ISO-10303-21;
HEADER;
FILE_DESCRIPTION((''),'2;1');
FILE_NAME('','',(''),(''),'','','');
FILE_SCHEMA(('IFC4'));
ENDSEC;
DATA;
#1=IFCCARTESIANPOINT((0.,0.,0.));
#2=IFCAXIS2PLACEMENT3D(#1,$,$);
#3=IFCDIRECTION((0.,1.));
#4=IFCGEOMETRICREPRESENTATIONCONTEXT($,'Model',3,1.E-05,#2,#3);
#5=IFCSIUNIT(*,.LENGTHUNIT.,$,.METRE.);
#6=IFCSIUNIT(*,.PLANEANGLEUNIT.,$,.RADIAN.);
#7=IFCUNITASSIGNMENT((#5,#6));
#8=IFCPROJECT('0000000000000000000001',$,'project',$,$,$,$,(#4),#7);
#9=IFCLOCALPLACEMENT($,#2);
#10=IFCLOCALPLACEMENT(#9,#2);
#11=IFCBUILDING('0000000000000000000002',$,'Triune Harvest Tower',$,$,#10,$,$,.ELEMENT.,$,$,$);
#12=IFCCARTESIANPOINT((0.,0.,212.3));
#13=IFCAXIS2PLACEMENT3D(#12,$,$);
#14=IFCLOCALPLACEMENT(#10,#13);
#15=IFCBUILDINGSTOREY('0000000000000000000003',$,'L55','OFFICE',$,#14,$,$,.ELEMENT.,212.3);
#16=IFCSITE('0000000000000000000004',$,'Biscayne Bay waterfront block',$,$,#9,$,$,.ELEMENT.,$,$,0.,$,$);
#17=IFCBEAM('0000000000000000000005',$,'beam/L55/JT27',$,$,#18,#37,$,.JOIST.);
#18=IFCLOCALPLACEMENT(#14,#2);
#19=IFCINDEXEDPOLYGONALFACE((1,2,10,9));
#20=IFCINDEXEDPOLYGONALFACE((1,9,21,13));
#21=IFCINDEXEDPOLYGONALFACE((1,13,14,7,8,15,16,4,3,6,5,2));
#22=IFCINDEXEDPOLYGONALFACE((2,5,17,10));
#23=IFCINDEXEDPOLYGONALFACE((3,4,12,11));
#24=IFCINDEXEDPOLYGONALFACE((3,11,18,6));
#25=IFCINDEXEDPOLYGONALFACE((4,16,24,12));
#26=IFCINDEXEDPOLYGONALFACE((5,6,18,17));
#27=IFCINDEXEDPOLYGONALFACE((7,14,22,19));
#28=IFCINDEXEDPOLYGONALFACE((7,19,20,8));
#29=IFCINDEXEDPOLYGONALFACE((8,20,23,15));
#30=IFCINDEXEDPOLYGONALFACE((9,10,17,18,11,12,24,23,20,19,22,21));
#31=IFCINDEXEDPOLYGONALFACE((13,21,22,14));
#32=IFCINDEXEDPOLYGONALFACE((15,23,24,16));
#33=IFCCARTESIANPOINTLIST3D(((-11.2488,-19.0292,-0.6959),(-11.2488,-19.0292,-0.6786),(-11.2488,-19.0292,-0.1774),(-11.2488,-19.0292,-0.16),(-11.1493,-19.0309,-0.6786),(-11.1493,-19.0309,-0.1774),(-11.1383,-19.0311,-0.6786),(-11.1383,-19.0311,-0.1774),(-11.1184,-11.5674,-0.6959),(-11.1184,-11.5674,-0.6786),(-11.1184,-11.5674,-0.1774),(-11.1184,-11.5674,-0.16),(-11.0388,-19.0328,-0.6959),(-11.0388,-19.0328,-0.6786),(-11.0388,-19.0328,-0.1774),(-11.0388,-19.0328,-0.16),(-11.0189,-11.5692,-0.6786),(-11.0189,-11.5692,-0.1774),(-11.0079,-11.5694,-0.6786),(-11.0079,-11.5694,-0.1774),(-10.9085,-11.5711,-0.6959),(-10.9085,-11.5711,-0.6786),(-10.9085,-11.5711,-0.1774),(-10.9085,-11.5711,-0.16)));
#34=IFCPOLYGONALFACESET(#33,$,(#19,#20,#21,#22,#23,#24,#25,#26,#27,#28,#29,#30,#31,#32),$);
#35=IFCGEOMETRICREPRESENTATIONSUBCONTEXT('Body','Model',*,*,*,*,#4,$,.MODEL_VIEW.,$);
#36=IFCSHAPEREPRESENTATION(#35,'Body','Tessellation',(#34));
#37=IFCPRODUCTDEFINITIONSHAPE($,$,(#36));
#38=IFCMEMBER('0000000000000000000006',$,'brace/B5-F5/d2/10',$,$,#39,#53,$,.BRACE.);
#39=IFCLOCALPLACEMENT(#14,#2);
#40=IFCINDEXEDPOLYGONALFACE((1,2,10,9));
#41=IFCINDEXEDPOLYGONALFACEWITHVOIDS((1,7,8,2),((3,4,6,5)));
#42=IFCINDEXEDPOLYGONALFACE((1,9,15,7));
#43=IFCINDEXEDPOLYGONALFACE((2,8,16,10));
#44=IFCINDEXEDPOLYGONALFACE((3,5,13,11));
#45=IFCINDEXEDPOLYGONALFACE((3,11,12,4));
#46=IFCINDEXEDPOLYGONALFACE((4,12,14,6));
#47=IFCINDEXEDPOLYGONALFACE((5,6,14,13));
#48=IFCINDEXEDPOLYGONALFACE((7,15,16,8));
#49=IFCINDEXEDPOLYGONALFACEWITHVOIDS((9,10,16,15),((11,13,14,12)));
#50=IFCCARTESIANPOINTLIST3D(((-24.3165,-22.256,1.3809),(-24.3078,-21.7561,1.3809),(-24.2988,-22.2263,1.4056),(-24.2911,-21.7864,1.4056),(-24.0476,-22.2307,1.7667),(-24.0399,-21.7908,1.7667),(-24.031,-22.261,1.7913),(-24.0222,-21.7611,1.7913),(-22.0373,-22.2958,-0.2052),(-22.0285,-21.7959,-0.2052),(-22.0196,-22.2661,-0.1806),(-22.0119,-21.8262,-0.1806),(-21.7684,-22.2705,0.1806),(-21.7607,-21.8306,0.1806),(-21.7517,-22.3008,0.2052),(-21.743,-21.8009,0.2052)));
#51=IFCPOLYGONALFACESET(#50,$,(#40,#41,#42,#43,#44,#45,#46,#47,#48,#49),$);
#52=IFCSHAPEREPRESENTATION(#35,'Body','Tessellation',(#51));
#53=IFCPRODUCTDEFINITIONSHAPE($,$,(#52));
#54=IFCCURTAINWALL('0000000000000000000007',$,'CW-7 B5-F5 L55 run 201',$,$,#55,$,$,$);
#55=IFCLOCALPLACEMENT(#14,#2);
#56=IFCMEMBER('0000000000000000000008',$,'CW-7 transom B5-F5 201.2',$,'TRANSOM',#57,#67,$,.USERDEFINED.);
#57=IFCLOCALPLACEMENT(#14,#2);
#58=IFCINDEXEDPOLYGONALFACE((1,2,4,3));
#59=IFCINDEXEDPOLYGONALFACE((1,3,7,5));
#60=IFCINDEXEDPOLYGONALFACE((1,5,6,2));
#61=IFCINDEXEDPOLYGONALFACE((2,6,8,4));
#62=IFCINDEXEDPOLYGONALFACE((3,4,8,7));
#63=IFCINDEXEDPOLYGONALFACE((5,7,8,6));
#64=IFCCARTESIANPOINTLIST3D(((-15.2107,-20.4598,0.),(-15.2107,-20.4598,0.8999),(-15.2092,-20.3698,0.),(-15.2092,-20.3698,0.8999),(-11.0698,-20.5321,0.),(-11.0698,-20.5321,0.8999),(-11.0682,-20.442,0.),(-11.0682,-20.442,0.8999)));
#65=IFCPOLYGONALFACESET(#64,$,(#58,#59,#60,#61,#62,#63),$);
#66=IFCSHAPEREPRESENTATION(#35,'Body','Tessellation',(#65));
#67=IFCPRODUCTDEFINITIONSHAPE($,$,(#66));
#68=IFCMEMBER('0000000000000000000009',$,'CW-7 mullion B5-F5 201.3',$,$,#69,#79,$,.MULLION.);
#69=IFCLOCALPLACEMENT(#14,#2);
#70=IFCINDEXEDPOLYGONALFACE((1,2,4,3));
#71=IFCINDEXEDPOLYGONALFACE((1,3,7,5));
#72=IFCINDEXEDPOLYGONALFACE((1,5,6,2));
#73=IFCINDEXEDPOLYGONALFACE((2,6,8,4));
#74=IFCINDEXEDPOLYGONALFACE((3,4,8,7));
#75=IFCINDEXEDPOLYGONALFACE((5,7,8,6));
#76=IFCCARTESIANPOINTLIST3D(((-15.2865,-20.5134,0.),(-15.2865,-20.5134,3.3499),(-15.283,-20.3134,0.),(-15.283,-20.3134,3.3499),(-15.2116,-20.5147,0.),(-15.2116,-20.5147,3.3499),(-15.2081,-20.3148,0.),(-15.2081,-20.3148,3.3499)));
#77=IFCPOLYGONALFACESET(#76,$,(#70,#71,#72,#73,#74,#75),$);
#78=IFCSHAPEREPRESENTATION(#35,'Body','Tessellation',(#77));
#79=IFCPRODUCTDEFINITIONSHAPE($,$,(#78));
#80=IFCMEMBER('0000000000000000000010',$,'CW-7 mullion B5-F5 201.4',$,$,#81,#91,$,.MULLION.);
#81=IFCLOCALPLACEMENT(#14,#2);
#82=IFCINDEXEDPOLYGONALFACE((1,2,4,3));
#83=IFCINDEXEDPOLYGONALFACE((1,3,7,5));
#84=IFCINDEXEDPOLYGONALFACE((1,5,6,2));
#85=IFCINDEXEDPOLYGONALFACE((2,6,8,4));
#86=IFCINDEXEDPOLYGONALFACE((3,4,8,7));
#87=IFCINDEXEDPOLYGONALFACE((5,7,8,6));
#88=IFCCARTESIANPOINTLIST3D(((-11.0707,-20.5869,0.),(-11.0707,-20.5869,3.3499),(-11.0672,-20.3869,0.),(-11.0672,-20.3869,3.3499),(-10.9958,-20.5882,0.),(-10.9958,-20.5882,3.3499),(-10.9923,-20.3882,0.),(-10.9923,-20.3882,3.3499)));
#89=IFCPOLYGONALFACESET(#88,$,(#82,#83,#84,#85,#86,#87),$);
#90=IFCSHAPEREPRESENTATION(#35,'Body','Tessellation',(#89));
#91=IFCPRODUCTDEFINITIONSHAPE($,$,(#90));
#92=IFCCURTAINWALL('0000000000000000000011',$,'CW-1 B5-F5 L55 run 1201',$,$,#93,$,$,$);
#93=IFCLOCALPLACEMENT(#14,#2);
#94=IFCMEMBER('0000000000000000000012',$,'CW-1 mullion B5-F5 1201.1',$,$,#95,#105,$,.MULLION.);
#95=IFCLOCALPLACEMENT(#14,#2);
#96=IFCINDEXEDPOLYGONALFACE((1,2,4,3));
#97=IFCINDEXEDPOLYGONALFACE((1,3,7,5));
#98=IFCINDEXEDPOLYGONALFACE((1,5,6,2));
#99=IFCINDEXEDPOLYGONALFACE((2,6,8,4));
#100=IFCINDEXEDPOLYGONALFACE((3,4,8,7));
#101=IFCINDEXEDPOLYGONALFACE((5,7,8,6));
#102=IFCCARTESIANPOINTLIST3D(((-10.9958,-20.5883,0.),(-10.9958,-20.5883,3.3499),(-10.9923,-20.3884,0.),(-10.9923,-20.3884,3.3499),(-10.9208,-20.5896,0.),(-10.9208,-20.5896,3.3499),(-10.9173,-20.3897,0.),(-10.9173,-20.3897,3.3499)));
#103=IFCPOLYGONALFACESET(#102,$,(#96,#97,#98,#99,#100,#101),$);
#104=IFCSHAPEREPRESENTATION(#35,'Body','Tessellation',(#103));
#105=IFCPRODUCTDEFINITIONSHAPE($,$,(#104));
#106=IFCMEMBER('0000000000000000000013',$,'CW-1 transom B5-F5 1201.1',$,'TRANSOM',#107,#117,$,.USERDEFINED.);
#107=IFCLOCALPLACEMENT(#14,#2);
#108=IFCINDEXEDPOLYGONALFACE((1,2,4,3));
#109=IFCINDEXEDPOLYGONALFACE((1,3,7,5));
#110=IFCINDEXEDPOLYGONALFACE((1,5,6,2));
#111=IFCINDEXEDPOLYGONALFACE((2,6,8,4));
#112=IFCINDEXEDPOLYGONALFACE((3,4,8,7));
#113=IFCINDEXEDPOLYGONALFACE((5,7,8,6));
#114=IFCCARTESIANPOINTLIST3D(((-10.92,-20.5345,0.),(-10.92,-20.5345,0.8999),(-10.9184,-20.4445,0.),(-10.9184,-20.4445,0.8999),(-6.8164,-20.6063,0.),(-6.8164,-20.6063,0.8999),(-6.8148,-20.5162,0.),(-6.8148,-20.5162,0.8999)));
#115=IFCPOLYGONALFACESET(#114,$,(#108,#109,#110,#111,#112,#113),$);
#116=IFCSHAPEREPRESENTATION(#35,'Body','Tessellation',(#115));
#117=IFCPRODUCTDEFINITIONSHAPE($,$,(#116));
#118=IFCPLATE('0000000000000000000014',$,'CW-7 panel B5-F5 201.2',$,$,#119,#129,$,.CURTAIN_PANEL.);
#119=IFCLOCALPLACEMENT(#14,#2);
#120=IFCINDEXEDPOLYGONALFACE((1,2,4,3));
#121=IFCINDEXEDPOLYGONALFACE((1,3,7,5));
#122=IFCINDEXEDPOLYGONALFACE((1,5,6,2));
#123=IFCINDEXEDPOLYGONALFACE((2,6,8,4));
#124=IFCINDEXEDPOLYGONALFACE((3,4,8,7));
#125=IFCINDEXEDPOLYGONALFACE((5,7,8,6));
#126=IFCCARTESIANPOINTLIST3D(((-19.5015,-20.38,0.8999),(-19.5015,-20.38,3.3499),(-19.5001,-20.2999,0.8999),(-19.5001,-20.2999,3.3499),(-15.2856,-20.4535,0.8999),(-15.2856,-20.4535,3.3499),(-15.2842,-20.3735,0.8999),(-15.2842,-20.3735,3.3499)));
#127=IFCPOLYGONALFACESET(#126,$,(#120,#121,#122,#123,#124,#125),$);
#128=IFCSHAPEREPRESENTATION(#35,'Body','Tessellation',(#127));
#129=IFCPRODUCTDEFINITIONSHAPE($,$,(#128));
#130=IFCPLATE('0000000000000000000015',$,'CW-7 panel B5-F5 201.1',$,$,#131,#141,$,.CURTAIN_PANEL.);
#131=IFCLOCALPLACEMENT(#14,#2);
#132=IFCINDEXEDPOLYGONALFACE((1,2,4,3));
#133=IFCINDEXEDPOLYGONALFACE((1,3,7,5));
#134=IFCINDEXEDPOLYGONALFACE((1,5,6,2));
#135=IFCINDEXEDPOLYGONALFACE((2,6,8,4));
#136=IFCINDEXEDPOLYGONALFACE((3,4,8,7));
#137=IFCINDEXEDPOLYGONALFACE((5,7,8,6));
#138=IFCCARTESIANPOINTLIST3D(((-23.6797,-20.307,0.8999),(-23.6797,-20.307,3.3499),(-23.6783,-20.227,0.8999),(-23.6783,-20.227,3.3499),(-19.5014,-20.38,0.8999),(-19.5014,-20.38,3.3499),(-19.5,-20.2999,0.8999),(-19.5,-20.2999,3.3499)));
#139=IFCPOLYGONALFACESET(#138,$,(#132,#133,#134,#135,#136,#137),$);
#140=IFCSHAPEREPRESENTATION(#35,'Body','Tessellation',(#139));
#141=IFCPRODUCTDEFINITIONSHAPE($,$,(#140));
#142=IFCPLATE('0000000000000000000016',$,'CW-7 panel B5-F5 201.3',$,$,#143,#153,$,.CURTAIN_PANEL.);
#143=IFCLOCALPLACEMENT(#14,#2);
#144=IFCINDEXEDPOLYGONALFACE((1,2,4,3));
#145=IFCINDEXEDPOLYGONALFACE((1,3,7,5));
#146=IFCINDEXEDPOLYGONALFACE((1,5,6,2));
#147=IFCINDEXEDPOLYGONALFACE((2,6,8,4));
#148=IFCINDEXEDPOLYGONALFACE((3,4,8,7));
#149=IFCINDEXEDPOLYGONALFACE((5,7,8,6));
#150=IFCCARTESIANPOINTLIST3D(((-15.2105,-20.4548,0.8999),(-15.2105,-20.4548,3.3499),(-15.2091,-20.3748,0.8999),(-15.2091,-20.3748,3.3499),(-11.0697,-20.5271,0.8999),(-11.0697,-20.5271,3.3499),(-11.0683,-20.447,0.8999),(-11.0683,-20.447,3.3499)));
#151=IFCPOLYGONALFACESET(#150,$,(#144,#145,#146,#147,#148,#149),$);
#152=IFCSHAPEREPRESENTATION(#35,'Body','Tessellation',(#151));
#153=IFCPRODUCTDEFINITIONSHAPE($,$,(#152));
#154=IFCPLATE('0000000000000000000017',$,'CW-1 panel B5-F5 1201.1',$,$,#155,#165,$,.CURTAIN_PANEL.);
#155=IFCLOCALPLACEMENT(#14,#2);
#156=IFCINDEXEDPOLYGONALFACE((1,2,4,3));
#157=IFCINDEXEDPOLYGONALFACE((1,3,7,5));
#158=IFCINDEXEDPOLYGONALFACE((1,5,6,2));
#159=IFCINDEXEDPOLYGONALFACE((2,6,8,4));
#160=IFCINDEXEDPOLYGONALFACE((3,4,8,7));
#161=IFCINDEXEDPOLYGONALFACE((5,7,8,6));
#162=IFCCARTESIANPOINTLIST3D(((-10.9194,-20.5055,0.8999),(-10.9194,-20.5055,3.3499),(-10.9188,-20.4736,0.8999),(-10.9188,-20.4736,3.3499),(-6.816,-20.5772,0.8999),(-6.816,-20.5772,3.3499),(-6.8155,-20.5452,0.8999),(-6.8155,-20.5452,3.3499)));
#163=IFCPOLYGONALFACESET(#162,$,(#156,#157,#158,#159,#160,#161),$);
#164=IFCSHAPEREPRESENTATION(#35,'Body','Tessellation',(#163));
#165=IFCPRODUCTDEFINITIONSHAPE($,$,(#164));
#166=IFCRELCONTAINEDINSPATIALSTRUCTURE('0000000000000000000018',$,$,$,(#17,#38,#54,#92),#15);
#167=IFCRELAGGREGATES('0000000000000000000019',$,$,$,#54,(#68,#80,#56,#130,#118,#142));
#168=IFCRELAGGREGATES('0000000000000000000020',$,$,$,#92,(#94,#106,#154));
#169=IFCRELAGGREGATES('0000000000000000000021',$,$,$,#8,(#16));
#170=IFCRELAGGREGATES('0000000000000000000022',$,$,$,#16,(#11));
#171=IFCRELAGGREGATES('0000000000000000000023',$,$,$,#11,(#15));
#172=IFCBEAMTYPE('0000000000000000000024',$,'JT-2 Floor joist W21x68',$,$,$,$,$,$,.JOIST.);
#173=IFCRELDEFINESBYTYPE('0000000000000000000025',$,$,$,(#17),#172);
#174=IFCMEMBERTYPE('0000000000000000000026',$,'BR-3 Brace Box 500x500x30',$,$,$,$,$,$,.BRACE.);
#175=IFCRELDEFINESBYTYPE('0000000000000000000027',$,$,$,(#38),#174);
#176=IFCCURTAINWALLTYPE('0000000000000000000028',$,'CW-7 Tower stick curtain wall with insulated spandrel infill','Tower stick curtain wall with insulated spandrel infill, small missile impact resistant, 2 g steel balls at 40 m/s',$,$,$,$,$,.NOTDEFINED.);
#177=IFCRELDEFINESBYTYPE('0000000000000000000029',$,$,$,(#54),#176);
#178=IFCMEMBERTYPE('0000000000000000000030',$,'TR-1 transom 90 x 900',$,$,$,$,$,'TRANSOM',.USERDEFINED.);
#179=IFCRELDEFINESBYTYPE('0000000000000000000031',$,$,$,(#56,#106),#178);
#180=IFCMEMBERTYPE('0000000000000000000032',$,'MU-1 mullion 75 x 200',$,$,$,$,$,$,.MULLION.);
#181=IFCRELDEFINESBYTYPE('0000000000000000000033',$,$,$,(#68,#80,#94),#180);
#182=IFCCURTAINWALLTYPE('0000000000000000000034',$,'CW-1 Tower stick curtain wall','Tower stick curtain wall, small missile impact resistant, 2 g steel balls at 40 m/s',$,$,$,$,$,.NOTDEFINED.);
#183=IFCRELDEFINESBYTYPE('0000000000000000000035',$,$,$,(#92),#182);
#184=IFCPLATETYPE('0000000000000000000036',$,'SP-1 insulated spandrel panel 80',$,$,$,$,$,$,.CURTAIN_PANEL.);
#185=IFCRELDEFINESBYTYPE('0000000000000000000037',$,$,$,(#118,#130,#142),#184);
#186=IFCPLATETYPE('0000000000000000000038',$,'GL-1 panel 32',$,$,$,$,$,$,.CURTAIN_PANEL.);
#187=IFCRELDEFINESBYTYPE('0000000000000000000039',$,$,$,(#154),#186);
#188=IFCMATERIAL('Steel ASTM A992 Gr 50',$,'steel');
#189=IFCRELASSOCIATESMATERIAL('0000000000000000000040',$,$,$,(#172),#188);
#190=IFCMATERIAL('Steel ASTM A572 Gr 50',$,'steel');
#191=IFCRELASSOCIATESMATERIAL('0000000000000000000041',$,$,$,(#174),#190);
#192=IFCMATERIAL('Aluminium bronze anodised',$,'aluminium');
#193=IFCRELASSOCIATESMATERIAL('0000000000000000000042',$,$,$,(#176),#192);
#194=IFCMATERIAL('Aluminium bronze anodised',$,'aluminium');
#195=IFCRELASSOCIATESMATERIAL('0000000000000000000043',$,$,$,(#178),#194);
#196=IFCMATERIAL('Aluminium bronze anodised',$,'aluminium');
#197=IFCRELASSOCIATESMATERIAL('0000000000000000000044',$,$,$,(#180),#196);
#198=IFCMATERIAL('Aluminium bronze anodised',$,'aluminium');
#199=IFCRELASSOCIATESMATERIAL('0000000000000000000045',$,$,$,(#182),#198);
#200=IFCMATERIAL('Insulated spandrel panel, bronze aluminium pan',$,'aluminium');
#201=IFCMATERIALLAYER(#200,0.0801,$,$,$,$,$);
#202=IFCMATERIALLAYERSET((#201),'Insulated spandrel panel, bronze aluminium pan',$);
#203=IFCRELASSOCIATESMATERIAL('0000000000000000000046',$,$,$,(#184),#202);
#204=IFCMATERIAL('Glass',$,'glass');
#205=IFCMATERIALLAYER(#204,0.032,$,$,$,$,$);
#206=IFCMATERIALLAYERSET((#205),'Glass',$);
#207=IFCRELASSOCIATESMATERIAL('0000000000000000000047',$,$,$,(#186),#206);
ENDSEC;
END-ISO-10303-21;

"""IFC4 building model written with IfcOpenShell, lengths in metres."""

from ifc_helpers import new_model, si_unit, direction, frame, origin, origin_2d, place, context, subcontext, project, spatial, rectangle, hollow_rectangle, i_section, extrude, source, transform, mapped, material, layer, layer_set, material_profile, profile_set, type_object, element, aggregate, save


model = new_model("IFC4")

# Units and contexts
model_context = context("Model", 3, precision=1e-05, world=origin(), true_north=direction((0.0, 1.0)))
body_context = subcontext(model_context, "Body", "Model", "MODEL_VIEW")
ifc_project = project(units=[si_unit("LENGTHUNIT", "METRE"), si_unit("PLANEANGLEUNIT", "RADIAN")], contexts=[model_context])

# Site, building, storey
site_placement = place(None, origin())
site = spatial("IfcSite", under=ifc_project, at=site_placement, Name="Biscayne Bay waterfront block", CompositionType="ELEMENT", RefElevation=0.0)
building_placement = place(site_placement, origin())
building = spatial("IfcBuilding", under=site, at=building_placement, Name="Triune Harvest Tower", CompositionType="ELEMENT")
storey_placement = place(building_placement, frame((0.0, 0.0, 212.3)))
storey = spatial("IfcBuildingStorey", under=building, at=storey_placement, Name="L55", Description="OFFICE", CompositionType="ELEMENT", Elevation=212.3)

# Beam
ifc_material_1 = material(Name="Steel ASTM A992 Gr 50", Category="steel")
ifc_material_profile_1 = material_profile(ifc_material_1, i_section(OverallWidth=0.21, OverallDepth=0.5359, WebThickness=0.011, FlangeThickness=0.0173, at=origin_2d()), Name="W21x68")
ifc_profile_set_1 = profile_set([ifc_material_profile_1], Name="Steel ASTM A992 Gr 50")
beam_type_1 = type_object("IfcBeamType", Name="JT-2 Floor joist W21x68", PredefinedType="JOIST", material=ifc_profile_set_1)
shared_shape_1 = source(origin(), body_context, "Body", "SweptSolid", [
    extrude(i_section(OverallWidth=0.21, OverallDepth=0.5359, WebThickness=0.011, FlangeThickness=0.0173, at=origin_2d()), origin(), (0.0, 0.0, 1.0), 7.4629),
])
beam_1_placement = place(storey_placement, frame((-11.1438, -19.031, -0.428), z_axis=(0.017469, 0.999847, 0.0), x_axis=(-0.999847, 0.017469, 0.0)))
element("IfcBeam", 1, at=beam_1_placement, inside=storey, type_object=beam_type_1, Name="beam/L55/JT27", PredefinedType="JOIST", context=body_context, shape_type="MappedRepresentation", body=[
    mapped(shared_shape_1, transform((0.0, 0.0, 0.0), scale=1.0)),
])

# Member
ifc_material_2 = material(Name="Steel ASTM A572 Gr 50", Category="steel")
ifc_material_profile_2 = material_profile(ifc_material_2, hollow_rectangle(XDim=0.5, YDim=0.5, WallThickness=0.03, at=origin_2d()), Name="Box 500x500x30")
ifc_profile_set_2 = profile_set([ifc_material_profile_2], Name="Steel ASTM A572 Gr 50")
member_type_1 = type_object("IfcMemberType", Name="BR-3 Brace Box 500x500x30", PredefinedType="BRACE", material=ifc_profile_set_2)
shared_shape_2 = source(origin(), body_context, "Body", "SweptSolid", [
    extrude(hollow_rectangle(XDim=0.5, YDim=0.5, WallThickness=0.03, at=origin_2d()), origin(), (0.0, 0.0, 1.0), 2.7771),
])
member_1_placement = place(storey_placement, frame((-21.8901, -22.0483, 0.0), z_axis=(-0.820722, 0.014329, 0.571148), x_axis=(-0.017457, -0.999848, 0.0)))
element("IfcMember", 2, at=member_1_placement, inside=storey, type_object=member_type_1, Name="brace/B5-F5/d2/10", PredefinedType="BRACE", context=body_context, shape_type="MappedRepresentation", body=[
    mapped(shared_shape_2, transform((0.0, 0.0, 0.0), scale=1.0)),
])

# Curtain walls, members
ifc_material_3 = material(Name="Aluminium bronze anodised", Category="aluminium")
curtain_wall_type_1 = type_object("IfcCurtainWallType", Name="CW-7 Tower stick curtain wall with insulated spandrel infill", Description="Tower stick curtain wall with insulated spandrel infill, small missile impact resistant, 2 g steel balls at 40 m/s", PredefinedType="NOTDEFINED", material=ifc_material_3)
curtain_wall_1_placement = place(storey_placement, origin())
curtain_wall_1 = element("IfcCurtainWall", 3, at=curtain_wall_1_placement, inside=storey, type_object=curtain_wall_type_1, Name="CW-7 B5-F5 L55 run 201")
ifc_material_4 = material(Name="Aluminium bronze anodised", Category="aluminium")
ifc_material_profile_3 = material_profile(ifc_material_4, rectangle(XDim=0.0901, YDim=0.8999, at=origin_2d()), Name="TR-1 transom 90 x 900")
ifc_profile_set_3 = profile_set([ifc_material_profile_3], Name="Aluminium bronze anodised")
member_type_2 = type_object("IfcMemberType", Name="TR-1 transom 90 x 900", ElementType="TRANSOM", PredefinedType="USERDEFINED", material=ifc_profile_set_3)
shared_shape_3 = source(origin(), body_context, "Body", "SweptSolid", [
    extrude(rectangle(XDim=0.0901, YDim=0.8999, at=origin_2d()), origin(), (0.0, 0.0, 1.0), 4.1416),
])
member_2_placement = place(storey_placement, frame((-15.21, -20.4148, 0.45), z_axis=(0.999848, -0.017449, 0.0), x_axis=(0.017449, 0.999848, 0.0)))
member_2 = element("IfcMember", 4, at=member_2_placement, type_object=member_type_2, Name="CW-7 transom B5-F5 201.2", ObjectType="TRANSOM", PredefinedType="USERDEFINED", context=body_context, shape_type="MappedRepresentation", body=[
    mapped(shared_shape_3, transform((0.0, 0.0, 0.0), scale=1.0)),
])
ifc_material_5 = material(Name="Aluminium bronze anodised", Category="aluminium")
ifc_material_profile_4 = material_profile(ifc_material_5, rectangle(XDim=0.2, YDim=0.075, at=origin_2d()), Name="MU-1 mullion 75 x 200")
ifc_profile_set_4 = profile_set([ifc_material_profile_4], Name="Aluminium bronze anodised")
member_type_3 = type_object("IfcMemberType", Name="MU-1 mullion 75 x 200", PredefinedType="MULLION", material=ifc_profile_set_4)
shared_shape_4 = source(origin(), body_context, "Body", "SweptSolid", [
    extrude(rectangle(XDim=0.2, YDim=0.075, at=origin_2d()), origin(), (0.0, 0.0, 1.0), 3.3499),
])
member_3_placement = place(storey_placement, frame((-15.2473, -20.4141, 0.0), z_axis=(0.0, 0.0, 1.0), x_axis=(0.01745, 0.999848, 0.0)))
member_3 = element("IfcMember", 5, at=member_3_placement, type_object=member_type_3, Name="CW-7 mullion B5-F5 201.3", PredefinedType="MULLION", context=body_context, shape_type="MappedRepresentation", body=[
    mapped(shared_shape_4, transform((0.0, 0.0, 0.0), scale=1.0)),
])
member_4_placement = place(storey_placement, frame((-11.0315, -20.4875, 0.0), z_axis=(0.0, 0.0, 1.0), x_axis=(0.01745, 0.999848, 0.0)))
member_4 = element("IfcMember", 6, at=member_4_placement, type_object=member_type_3, Name="CW-7 mullion B5-F5 201.4", PredefinedType="MULLION", context=body_context, shape_type="MappedRepresentation", body=[
    mapped(shared_shape_4, transform((0.0, 0.0, 0.0), scale=1.0)),
])
ifc_material_6 = material(Name="Aluminium bronze anodised", Category="aluminium")
curtain_wall_type_2 = type_object("IfcCurtainWallType", Name="CW-1 Tower stick curtain wall", Description="Tower stick curtain wall, small missile impact resistant, 2 g steel balls at 40 m/s", PredefinedType="NOTDEFINED", material=ifc_material_6)
curtain_wall_2_placement = place(storey_placement, origin())
curtain_wall_2 = element("IfcCurtainWall", 7, at=curtain_wall_2_placement, inside=storey, type_object=curtain_wall_type_2, Name="CW-1 B5-F5 L55 run 1201")
member_5_placement = place(storey_placement, frame((-10.9565, -20.489, 0.0), z_axis=(0.0, 0.0, 1.0), x_axis=(0.017466, 0.999847, 0.0)))
member_5 = element("IfcMember", 8, at=member_5_placement, type_object=member_type_3, Name="CW-1 mullion B5-F5 1201.1", PredefinedType="MULLION", context=body_context, shape_type="MappedRepresentation", body=[
    mapped(shared_shape_4, transform((0.0, 0.0, 0.0), scale=1.0)),
])
shared_shape_5 = source(origin(), body_context, "Body", "SweptSolid", [
    extrude(rectangle(XDim=0.0901, YDim=0.8999, at=origin_2d()), origin(), (0.0, 0.0, 1.0), 4.1042),
])
member_6_placement = place(storey_placement, frame((-10.9192, -20.4895, 0.45), z_axis=(0.999847, -0.017489, 0.0), x_axis=(0.017489, 0.999847, 0.0)))
member_6 = element("IfcMember", 9, at=member_6_placement, type_object=member_type_2, Name="CW-1 transom B5-F5 1201.1", ObjectType="TRANSOM", PredefinedType="USERDEFINED", context=body_context, shape_type="MappedRepresentation", body=[
    mapped(shared_shape_5, transform((0.0, 0.0, 0.0), scale=1.0)),
])

# Plates
ifc_material_7 = material(Name="Insulated spandrel panel, bronze aluminium pan", Category="aluminium")
ifc_layer_1 = layer(ifc_material_7, 0.0801)
ifc_layer_set_1 = layer_set([ifc_layer_1], Name="Insulated spandrel panel, bronze aluminium pan")
plate_type_1 = type_object("IfcPlateType", Name="SP-1 insulated spandrel panel 80", PredefinedType="CURTAIN_PANEL", material=ifc_layer_set_1)
plate_1_placement = place(storey_placement, frame((-17.3928, -20.3767, 0.8999), z_axis=(0.0, 0.0, 1.0), x_axis=(0.999848, -0.01745, 0.0)))
plate_1 = element("IfcPlate", 10, at=plate_1_placement, type_object=plate_type_1, Name="CW-7 panel B5-F5 201.2", PredefinedType="CURTAIN_PANEL", context=body_context, shape_type="SweptSolid", body=[
    extrude(rectangle(XDim=4.2166, YDim=0.0801, at=origin_2d()), origin(), (0.0, 0.0, 1.0), 2.45),
])
shared_shape_6 = source(origin(), body_context, "Body", "SweptSolid", [
    extrude(rectangle(XDim=4.179, YDim=0.0801, at=origin_2d()), origin(), (0.0, 0.0, 1.0), 2.45),
])
plate_2_placement = place(storey_placement, frame((-21.5898, -20.3035, 0.8999), z_axis=(0.0, 0.0, 1.0), x_axis=(0.999848, -0.01745, 0.0)))
plate_2 = element("IfcPlate", 11, at=plate_2_placement, type_object=plate_type_1, Name="CW-7 panel B5-F5 201.1", PredefinedType="CURTAIN_PANEL", context=body_context, shape_type="MappedRepresentation", body=[
    mapped(shared_shape_6, transform((0.0, 0.0, 0.0), scale=1.0)),
])
shared_shape_7 = source(origin(), body_context, "Body", "SweptSolid", [
    extrude(rectangle(XDim=4.1414, YDim=0.0801, at=origin_2d()), origin(), (0.0, 0.0, 1.0), 2.45),
])
plate_3_placement = place(storey_placement, frame((-13.1394, -20.4509, 0.8999), z_axis=(0.0, 0.0, 1.0), x_axis=(0.999848, -0.01745, 0.0)))
plate_3 = element("IfcPlate", 12, at=plate_3_placement, type_object=plate_type_1, Name="CW-7 panel B5-F5 201.3", PredefinedType="CURTAIN_PANEL", context=body_context, shape_type="MappedRepresentation", body=[
    mapped(shared_shape_7, transform((0.0, 0.0, 0.0), scale=1.0)),
])
aggregate(curtain_wall_1, [member_3, member_4, member_2, plate_2, plate_1, plate_3])
ifc_material_8 = material(Name="Glass", Category="glass")
ifc_layer_2 = layer(ifc_material_8, 0.032)
ifc_layer_set_2 = layer_set([ifc_layer_2], Name="Glass")
plate_type_2 = type_object("IfcPlateType", Name="GL-1 panel 32", PredefinedType="CURTAIN_PANEL", material=ifc_layer_set_2)
shared_shape_8 = source(origin(), body_context, "Body", "SweptSolid", [
    extrude(rectangle(XDim=4.104, YDim=0.032, at=origin_2d()), origin(), (0.0, 0.0, 1.0), 2.45),
])
plate_4_placement = place(storey_placement, frame((-8.8674, -20.5254, 0.8999), z_axis=(0.0, 0.0, 1.0), x_axis=(0.999847, -0.017466, 0.0)))
plate_4 = element("IfcPlate", 13, at=plate_4_placement, type_object=plate_type_2, Name="CW-1 panel B5-F5 1201.1", PredefinedType="CURTAIN_PANEL", context=body_context, shape_type="MappedRepresentation", body=[
    mapped(shared_shape_8, transform((0.0, 0.0, 0.0), scale=1.0)),
])
aggregate(curtain_wall_2, [member_5, member_6, plate_4])

save(model, "model.ifc")
